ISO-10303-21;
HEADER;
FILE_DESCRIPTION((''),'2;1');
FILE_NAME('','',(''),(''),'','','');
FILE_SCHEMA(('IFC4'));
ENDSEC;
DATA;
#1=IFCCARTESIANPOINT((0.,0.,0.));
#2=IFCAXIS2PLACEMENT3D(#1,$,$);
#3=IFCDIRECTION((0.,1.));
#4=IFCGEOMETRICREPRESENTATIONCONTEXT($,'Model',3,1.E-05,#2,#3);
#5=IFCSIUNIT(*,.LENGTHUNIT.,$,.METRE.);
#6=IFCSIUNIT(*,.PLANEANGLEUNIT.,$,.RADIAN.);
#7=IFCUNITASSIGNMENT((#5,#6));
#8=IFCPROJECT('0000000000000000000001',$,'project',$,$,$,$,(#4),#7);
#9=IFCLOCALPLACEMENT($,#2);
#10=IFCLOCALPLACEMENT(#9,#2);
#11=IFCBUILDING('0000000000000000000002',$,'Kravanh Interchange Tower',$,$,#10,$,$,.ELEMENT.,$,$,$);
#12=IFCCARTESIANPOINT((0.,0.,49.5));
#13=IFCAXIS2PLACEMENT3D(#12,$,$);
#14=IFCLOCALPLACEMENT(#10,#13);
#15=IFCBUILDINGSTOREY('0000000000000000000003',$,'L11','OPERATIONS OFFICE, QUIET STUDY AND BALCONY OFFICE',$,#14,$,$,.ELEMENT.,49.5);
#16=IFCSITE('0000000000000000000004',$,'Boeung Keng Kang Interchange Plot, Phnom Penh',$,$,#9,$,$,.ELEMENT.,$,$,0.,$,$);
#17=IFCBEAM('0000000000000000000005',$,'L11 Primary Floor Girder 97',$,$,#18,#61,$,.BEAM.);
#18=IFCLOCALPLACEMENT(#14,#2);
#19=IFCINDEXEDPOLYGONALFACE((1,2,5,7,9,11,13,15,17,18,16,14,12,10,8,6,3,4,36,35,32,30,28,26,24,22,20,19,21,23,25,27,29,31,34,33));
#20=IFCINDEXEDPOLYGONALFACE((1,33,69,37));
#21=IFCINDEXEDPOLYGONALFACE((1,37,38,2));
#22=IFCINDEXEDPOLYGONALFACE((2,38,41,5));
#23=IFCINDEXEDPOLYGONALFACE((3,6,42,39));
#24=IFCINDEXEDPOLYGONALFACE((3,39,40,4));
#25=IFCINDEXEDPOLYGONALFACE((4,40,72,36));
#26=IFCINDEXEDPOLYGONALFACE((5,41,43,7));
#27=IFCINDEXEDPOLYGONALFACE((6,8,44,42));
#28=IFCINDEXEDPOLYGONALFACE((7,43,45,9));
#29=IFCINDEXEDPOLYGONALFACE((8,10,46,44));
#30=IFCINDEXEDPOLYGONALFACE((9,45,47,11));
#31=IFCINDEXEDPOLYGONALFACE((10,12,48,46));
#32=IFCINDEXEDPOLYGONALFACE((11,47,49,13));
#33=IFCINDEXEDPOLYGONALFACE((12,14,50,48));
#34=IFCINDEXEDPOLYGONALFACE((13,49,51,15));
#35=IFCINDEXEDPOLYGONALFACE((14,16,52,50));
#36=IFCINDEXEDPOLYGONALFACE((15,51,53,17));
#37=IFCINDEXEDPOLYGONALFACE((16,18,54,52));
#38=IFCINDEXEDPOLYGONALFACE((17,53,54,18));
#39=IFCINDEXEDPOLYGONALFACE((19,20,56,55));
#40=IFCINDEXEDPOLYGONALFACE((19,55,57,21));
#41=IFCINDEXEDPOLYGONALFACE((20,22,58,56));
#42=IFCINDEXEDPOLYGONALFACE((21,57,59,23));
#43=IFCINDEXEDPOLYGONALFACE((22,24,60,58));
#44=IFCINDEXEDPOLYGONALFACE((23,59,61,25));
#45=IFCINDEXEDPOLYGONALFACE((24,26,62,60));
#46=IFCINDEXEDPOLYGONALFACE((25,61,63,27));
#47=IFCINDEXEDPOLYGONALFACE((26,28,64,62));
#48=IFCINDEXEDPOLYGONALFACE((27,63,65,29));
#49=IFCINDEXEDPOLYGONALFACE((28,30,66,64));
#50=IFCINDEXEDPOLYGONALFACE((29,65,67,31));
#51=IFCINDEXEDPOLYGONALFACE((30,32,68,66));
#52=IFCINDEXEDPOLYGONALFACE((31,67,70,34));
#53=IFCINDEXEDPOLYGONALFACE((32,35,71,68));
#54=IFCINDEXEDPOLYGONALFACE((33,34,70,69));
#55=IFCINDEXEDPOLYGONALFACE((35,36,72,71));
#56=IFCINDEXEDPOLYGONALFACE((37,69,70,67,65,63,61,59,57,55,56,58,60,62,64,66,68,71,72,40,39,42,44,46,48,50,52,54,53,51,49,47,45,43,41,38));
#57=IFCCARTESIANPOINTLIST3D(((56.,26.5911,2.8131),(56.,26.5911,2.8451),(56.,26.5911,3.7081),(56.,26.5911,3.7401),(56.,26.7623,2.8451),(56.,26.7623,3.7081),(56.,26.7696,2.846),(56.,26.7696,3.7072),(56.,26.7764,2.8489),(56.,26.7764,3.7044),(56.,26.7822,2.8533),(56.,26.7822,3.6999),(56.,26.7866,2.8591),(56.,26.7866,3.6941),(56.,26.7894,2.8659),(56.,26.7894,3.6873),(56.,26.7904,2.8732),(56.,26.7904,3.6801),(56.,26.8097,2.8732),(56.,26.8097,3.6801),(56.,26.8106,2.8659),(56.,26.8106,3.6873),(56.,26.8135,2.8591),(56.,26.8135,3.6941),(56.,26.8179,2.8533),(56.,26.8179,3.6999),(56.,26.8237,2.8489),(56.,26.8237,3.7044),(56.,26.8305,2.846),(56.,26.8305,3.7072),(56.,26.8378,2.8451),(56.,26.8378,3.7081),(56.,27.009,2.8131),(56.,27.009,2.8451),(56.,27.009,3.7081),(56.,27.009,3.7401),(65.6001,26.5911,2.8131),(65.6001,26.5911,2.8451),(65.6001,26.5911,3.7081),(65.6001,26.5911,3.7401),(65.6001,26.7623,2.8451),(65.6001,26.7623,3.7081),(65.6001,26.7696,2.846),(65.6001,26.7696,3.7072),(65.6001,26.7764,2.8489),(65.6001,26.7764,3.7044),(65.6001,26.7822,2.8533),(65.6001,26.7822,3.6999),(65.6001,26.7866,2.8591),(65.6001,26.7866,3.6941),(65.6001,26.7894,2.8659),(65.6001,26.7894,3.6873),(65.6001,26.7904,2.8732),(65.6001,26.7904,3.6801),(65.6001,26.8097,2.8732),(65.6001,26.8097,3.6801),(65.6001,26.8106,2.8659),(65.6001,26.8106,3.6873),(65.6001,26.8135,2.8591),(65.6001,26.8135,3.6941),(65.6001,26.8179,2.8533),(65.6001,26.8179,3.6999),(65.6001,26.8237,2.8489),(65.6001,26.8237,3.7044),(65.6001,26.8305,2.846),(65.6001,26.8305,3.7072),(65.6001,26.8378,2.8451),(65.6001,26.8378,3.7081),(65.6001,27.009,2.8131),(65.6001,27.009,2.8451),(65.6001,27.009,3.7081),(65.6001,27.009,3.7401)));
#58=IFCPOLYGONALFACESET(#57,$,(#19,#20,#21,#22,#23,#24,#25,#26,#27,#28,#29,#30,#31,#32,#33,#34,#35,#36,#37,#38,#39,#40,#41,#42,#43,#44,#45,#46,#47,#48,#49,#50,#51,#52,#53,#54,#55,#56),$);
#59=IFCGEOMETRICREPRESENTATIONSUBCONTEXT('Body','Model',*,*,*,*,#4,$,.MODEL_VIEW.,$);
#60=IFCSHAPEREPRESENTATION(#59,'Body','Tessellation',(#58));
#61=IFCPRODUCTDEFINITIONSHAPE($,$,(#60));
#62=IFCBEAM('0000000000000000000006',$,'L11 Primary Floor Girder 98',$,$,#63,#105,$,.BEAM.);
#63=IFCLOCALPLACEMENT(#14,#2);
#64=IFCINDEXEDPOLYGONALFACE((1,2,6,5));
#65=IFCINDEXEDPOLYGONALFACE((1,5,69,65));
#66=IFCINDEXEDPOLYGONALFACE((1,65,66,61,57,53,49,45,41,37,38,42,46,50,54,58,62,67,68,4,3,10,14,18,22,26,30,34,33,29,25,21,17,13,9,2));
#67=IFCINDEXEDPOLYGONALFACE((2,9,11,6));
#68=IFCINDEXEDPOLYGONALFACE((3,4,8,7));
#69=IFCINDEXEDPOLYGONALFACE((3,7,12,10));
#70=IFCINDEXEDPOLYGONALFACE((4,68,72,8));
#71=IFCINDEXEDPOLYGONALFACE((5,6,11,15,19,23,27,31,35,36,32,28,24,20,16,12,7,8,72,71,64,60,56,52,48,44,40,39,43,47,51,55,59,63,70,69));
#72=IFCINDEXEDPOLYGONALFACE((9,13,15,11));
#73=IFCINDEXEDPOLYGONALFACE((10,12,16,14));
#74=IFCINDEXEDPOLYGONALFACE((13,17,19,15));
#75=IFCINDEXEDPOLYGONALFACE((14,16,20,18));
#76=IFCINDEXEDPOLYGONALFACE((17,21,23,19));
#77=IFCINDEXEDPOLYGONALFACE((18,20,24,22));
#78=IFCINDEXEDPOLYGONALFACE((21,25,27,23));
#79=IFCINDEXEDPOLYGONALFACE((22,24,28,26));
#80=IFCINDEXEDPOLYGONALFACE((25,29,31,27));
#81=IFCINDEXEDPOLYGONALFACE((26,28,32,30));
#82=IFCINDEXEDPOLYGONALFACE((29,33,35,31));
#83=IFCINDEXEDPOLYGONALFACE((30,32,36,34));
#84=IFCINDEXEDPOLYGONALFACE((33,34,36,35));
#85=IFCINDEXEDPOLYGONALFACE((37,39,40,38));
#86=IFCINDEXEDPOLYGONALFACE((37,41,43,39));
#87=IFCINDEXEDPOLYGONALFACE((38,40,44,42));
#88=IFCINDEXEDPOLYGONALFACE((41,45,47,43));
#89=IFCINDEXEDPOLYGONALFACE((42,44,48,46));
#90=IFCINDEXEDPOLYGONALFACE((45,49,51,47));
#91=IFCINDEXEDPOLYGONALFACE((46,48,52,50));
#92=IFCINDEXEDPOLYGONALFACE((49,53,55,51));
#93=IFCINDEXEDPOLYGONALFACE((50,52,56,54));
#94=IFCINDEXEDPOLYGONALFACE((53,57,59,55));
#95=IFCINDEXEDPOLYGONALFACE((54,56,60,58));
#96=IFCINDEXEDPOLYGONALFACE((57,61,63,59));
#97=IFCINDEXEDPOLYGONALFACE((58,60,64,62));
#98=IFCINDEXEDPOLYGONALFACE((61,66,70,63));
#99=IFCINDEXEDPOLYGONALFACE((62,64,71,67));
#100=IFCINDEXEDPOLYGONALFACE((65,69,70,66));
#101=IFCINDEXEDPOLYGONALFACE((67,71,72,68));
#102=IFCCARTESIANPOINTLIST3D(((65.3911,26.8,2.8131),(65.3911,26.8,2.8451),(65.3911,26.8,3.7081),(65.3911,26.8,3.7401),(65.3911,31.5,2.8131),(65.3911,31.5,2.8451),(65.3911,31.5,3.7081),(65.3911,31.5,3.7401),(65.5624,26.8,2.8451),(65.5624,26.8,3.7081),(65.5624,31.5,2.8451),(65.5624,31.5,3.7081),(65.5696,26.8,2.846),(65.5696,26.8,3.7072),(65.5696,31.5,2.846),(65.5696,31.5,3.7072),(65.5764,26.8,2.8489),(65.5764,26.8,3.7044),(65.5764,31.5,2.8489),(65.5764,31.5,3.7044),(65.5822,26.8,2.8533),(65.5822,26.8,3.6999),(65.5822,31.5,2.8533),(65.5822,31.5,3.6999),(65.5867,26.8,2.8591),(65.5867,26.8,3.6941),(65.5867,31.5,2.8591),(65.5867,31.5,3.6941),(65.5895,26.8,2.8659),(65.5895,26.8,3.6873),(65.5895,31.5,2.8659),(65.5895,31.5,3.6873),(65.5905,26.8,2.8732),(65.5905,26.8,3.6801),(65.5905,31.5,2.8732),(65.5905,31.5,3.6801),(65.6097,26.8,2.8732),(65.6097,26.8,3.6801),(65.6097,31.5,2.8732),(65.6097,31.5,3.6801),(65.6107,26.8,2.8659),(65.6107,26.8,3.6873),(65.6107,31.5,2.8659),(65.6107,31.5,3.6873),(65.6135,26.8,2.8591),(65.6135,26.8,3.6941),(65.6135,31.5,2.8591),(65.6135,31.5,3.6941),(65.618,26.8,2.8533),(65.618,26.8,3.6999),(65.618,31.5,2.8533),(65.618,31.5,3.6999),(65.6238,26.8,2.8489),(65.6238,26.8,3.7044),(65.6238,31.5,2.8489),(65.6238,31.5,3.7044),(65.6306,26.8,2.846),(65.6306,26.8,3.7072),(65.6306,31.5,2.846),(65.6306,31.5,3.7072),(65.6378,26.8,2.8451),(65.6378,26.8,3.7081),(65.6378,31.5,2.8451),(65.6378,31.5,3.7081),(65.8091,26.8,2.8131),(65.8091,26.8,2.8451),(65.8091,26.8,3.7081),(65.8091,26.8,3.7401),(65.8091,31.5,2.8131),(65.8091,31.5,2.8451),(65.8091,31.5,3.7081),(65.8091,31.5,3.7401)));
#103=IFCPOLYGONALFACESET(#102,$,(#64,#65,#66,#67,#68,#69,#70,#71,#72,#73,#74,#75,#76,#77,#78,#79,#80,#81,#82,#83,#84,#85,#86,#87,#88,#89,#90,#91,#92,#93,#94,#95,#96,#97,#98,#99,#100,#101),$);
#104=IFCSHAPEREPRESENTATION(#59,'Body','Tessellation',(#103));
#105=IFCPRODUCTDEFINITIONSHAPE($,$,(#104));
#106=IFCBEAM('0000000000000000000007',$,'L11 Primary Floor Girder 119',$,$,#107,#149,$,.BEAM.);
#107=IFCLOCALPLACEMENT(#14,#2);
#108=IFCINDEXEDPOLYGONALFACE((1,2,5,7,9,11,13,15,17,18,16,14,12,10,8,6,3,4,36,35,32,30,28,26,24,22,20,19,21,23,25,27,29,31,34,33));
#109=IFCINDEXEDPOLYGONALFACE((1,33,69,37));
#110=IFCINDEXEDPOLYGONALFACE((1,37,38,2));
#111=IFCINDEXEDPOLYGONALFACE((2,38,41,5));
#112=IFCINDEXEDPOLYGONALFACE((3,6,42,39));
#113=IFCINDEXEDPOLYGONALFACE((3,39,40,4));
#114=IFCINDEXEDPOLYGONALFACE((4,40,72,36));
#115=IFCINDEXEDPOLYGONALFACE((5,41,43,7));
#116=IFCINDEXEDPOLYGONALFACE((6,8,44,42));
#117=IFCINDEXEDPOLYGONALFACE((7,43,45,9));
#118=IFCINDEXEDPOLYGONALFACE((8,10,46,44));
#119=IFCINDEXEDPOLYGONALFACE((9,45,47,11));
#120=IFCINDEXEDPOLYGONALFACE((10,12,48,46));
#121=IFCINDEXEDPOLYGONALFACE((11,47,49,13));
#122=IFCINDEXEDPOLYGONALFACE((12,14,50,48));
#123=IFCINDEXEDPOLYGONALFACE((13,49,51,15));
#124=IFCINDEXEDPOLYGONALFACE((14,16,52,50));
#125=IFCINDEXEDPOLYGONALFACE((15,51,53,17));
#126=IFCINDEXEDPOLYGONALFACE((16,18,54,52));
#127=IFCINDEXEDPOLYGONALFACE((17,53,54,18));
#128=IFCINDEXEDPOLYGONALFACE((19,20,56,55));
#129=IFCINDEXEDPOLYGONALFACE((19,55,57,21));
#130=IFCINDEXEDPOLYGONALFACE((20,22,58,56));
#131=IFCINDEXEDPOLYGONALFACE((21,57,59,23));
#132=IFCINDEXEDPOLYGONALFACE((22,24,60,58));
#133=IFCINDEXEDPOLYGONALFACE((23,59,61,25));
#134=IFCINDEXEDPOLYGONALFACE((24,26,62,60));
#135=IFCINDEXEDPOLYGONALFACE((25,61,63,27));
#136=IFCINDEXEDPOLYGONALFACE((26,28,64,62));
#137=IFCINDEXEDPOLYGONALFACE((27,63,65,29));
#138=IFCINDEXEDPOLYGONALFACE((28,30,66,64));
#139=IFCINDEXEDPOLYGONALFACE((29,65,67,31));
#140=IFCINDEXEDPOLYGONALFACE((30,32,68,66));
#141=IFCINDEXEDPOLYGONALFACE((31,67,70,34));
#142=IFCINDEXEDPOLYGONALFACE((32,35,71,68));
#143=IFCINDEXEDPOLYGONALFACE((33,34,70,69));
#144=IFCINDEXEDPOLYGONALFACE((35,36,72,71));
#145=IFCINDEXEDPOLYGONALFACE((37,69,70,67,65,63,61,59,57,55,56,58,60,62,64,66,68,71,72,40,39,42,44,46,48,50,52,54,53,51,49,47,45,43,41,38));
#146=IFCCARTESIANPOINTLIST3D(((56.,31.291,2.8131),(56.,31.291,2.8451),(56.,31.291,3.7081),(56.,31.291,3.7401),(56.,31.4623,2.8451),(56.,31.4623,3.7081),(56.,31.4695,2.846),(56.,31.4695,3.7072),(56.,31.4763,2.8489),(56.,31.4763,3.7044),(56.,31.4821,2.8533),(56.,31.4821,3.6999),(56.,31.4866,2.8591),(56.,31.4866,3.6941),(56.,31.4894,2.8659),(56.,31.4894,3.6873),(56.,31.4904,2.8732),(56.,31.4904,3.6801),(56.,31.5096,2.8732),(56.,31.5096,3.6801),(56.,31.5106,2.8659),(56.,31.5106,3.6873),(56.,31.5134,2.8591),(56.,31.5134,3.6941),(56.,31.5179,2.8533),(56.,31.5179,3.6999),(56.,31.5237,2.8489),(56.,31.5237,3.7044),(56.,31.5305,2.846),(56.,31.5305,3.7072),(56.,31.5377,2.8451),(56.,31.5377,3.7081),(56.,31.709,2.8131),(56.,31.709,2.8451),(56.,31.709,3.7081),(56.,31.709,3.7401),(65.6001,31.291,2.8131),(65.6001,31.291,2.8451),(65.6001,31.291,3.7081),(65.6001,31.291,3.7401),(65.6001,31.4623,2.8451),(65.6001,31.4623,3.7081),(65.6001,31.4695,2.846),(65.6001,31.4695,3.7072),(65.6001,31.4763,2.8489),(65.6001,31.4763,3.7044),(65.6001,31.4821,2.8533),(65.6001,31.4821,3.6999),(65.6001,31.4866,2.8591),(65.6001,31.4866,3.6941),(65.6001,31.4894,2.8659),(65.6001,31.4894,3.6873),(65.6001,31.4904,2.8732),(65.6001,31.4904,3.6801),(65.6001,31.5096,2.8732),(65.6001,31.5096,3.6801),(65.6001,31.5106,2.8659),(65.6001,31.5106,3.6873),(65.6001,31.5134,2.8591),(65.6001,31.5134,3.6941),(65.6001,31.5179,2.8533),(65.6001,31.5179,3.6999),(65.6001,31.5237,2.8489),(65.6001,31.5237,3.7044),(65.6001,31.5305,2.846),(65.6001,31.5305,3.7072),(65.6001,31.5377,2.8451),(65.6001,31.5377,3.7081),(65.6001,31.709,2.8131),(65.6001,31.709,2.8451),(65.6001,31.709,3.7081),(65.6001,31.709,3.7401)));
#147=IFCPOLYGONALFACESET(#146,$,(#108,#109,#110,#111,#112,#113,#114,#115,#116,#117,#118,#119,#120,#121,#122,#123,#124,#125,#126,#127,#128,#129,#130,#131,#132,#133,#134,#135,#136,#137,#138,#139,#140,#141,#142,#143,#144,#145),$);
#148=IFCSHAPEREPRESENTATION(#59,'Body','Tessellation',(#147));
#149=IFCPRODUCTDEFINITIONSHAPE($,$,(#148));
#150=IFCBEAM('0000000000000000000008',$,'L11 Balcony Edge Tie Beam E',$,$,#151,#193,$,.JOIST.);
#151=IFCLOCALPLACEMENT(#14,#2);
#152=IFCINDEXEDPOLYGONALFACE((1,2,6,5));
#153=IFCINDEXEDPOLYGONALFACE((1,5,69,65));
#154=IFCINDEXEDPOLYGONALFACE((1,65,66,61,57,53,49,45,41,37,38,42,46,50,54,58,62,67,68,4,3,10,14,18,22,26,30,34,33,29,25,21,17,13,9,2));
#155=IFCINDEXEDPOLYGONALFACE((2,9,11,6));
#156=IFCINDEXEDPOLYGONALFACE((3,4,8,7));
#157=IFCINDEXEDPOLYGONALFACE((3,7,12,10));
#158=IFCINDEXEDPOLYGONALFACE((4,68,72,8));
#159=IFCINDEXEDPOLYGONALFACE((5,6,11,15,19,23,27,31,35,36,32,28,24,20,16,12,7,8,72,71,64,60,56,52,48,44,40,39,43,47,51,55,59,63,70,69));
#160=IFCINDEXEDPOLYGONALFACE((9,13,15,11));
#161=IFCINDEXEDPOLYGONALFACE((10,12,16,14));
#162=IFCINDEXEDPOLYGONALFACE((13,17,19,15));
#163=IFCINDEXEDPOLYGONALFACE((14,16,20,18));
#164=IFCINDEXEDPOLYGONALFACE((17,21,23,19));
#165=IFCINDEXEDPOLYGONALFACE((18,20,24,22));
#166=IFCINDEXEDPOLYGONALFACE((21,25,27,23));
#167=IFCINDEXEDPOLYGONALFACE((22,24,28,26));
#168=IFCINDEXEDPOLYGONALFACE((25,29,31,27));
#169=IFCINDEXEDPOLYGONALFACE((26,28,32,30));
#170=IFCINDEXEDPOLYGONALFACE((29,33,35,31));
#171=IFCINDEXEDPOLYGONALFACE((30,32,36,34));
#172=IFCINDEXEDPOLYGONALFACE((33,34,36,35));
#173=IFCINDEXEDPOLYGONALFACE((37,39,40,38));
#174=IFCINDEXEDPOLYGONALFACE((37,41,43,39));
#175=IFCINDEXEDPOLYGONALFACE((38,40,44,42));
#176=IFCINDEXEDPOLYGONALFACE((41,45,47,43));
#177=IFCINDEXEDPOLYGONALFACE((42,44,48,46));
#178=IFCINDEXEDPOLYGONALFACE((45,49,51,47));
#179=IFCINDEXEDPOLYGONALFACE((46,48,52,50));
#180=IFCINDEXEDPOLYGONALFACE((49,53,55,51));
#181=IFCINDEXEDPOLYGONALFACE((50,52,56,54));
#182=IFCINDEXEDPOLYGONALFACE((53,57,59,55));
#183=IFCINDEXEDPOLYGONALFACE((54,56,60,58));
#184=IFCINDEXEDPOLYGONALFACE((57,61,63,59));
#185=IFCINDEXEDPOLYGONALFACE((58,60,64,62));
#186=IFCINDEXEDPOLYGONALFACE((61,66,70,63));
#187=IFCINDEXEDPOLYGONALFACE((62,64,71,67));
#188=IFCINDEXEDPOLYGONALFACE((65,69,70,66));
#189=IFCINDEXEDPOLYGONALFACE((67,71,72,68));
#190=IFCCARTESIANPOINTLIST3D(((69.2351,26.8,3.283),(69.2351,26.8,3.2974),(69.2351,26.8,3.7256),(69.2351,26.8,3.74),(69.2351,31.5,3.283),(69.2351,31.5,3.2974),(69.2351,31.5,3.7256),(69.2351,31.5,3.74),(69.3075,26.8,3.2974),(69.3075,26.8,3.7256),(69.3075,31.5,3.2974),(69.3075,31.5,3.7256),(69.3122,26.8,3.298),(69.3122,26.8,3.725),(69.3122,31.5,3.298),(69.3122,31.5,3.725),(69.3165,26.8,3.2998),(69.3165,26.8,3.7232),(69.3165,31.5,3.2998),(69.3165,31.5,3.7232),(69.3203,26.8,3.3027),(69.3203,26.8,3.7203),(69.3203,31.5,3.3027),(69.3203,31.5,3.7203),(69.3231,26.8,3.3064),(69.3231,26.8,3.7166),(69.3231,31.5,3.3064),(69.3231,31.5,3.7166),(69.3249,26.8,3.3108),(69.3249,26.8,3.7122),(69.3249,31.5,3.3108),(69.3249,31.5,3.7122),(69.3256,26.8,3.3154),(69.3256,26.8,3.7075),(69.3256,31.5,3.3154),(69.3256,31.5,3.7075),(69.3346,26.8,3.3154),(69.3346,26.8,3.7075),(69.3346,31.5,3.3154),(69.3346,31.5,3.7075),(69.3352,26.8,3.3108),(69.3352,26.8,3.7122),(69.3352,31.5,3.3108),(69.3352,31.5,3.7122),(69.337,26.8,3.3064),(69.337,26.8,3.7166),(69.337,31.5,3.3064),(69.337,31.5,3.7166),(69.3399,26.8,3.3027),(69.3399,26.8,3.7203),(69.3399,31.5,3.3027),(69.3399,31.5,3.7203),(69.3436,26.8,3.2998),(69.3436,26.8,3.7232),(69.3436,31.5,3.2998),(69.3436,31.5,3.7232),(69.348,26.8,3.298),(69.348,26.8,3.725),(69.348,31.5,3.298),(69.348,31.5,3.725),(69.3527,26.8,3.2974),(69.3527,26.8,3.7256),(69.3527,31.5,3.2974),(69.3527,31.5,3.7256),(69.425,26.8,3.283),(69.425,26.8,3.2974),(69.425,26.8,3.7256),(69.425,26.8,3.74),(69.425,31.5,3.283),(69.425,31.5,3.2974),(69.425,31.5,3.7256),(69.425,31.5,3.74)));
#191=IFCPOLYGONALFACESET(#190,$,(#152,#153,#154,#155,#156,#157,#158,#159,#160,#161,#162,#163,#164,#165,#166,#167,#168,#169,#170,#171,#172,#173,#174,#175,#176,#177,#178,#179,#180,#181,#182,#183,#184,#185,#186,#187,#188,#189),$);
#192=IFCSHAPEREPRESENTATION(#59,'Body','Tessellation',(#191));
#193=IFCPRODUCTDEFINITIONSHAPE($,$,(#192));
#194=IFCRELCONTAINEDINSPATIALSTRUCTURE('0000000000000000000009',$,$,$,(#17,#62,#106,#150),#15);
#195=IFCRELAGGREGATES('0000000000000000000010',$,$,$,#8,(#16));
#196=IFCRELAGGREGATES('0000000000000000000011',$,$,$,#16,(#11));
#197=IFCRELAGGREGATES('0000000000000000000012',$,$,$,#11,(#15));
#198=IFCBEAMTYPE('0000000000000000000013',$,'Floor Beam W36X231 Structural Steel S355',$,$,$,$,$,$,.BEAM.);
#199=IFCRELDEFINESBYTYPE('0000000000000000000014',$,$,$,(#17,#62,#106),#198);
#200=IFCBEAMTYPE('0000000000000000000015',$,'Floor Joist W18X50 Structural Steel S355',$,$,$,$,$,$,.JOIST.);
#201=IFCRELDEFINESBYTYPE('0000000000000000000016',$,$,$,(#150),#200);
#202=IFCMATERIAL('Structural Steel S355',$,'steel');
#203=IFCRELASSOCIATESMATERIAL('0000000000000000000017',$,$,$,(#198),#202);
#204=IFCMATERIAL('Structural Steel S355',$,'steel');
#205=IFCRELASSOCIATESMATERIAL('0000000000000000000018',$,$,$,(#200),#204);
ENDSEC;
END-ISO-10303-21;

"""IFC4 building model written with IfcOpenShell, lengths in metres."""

from ifc_helpers import new_model, si_unit, direction, frame, origin, origin_2d, place, context, subcontext, project, spatial, i_section, extrude, material, material_profile, profile_set, type_object, element, save


model = new_model("IFC4")

# Units and contexts
model_context = context("Model", 3, precision=1e-05, world=origin(), true_north=direction((0.0, 1.0)))
body_context = subcontext(model_context, "Body", "Model", "MODEL_VIEW")
ifc_project = project(units=[si_unit("LENGTHUNIT", "METRE"), si_unit("PLANEANGLEUNIT", "RADIAN")], contexts=[model_context])

# Site, building, storey
site_placement = place(None, origin())
site = spatial("IfcSite", under=ifc_project, at=site_placement, Name="Boeung Keng Kang Interchange Plot, Phnom Penh", CompositionType="ELEMENT", RefElevation=0.0)
building_placement = place(site_placement, origin())
building = spatial("IfcBuilding", under=site, at=building_placement, Name="Kravanh Interchange Tower", CompositionType="ELEMENT")
storey_placement = place(building_placement, frame((0.0, 0.0, 49.5)))
storey = spatial("IfcBuildingStorey", under=building, at=storey_placement, Name="L11", Description="OPERATIONS OFFICE, QUIET STUDY AND BALCONY OFFICE", CompositionType="ELEMENT", Elevation=49.5)

# Beams
ifc_material_1 = material(Name="Structural Steel S355", Category="steel")
ifc_material_profile_1 = material_profile(ifc_material_1, i_section(OverallWidth=0.418, OverallDepth=0.927, WebThickness=0.0193, FlangeThickness=0.032, FilletRadius=0.0281, at=origin_2d()), Name="W36X231")
ifc_profile_set_1 = profile_set([ifc_material_profile_1], Name="Structural Steel S355")
beam_type_1 = type_object("IfcBeamType", Name="Floor Beam W36X231 Structural Steel S355", PredefinedType="BEAM", material=ifc_profile_set_1)
beam_1_placement = place(storey_placement, frame((56.0, 26.8, 3.2766), z_axis=(1.0, 0.0, 0.0), x_axis=(0.0, 1.0, 0.0)))
element("IfcBeam", 1, at=beam_1_placement, inside=storey, type_object=beam_type_1, Name="L11 Primary Floor Girder 97", PredefinedType="BEAM", context=body_context, shape_type="SweptSolid", body=[
    extrude(i_section(OverallWidth=0.418, OverallDepth=0.927, WebThickness=0.0193, FlangeThickness=0.032, FilletRadius=0.0281, at=origin_2d()), origin(), (0.0, 0.0, 1.0), 9.6001),
])
beam_2_placement = place(storey_placement, frame((65.6001, 26.8, 3.2766), z_axis=(0.0, 1.0, 0.0), x_axis=(-1.0, 0.0, 0.0)))
element("IfcBeam", 2, at=beam_2_placement, inside=storey, type_object=beam_type_1, Name="L11 Primary Floor Girder 98", PredefinedType="BEAM", context=body_context, shape_type="SweptSolid", body=[
    extrude(i_section(OverallWidth=0.418, OverallDepth=0.927, WebThickness=0.0193, FlangeThickness=0.032, FilletRadius=0.0281, at=origin_2d()), origin(), (0.0, 0.0, 1.0), 4.7),
])
beam_3_placement = place(storey_placement, frame((56.0, 31.5, 3.2766), z_axis=(1.0, 0.0, 0.0), x_axis=(0.0, 1.0, 0.0)))
element("IfcBeam", 3, at=beam_3_placement, inside=storey, type_object=beam_type_1, Name="L11 Primary Floor Girder 119", PredefinedType="BEAM", context=body_context, shape_type="SweptSolid", body=[
    extrude(i_section(OverallWidth=0.418, OverallDepth=0.927, WebThickness=0.0193, FlangeThickness=0.032, FilletRadius=0.0281, at=origin_2d()), origin(), (0.0, 0.0, 1.0), 9.6001),
])
ifc_material_2 = material(Name="Structural Steel S355", Category="steel")
ifc_material_profile_2 = material_profile(ifc_material_2, i_section(OverallWidth=0.1899, OverallDepth=0.457, WebThickness=0.009, FlangeThickness=0.0144, FilletRadius=0.0181, at=origin_2d()), Name="W18X50")
ifc_profile_set_2 = profile_set([ifc_material_profile_2], Name="Structural Steel S355")
beam_type_2 = type_object("IfcBeamType", Name="Floor Joist W18X50 Structural Steel S355", PredefinedType="JOIST", material=ifc_profile_set_2)
beam_4_placement = place(storey_placement, frame((69.3301, 26.8, 3.5115), z_axis=(0.0, 1.0, 0.0), x_axis=(-1.0, 0.0, 0.0)))
element("IfcBeam", 4, at=beam_4_placement, inside=storey, type_object=beam_type_2, Name="L11 Balcony Edge Tie Beam E", PredefinedType="JOIST", context=body_context, shape_type="SweptSolid", body=[
    extrude(i_section(OverallWidth=0.1899, OverallDepth=0.457, WebThickness=0.009, FlangeThickness=0.0144, FilletRadius=0.0181, at=origin_2d()), origin(), (0.0, 0.0, 1.0), 4.7),
])

save(model, "model.ifc")
